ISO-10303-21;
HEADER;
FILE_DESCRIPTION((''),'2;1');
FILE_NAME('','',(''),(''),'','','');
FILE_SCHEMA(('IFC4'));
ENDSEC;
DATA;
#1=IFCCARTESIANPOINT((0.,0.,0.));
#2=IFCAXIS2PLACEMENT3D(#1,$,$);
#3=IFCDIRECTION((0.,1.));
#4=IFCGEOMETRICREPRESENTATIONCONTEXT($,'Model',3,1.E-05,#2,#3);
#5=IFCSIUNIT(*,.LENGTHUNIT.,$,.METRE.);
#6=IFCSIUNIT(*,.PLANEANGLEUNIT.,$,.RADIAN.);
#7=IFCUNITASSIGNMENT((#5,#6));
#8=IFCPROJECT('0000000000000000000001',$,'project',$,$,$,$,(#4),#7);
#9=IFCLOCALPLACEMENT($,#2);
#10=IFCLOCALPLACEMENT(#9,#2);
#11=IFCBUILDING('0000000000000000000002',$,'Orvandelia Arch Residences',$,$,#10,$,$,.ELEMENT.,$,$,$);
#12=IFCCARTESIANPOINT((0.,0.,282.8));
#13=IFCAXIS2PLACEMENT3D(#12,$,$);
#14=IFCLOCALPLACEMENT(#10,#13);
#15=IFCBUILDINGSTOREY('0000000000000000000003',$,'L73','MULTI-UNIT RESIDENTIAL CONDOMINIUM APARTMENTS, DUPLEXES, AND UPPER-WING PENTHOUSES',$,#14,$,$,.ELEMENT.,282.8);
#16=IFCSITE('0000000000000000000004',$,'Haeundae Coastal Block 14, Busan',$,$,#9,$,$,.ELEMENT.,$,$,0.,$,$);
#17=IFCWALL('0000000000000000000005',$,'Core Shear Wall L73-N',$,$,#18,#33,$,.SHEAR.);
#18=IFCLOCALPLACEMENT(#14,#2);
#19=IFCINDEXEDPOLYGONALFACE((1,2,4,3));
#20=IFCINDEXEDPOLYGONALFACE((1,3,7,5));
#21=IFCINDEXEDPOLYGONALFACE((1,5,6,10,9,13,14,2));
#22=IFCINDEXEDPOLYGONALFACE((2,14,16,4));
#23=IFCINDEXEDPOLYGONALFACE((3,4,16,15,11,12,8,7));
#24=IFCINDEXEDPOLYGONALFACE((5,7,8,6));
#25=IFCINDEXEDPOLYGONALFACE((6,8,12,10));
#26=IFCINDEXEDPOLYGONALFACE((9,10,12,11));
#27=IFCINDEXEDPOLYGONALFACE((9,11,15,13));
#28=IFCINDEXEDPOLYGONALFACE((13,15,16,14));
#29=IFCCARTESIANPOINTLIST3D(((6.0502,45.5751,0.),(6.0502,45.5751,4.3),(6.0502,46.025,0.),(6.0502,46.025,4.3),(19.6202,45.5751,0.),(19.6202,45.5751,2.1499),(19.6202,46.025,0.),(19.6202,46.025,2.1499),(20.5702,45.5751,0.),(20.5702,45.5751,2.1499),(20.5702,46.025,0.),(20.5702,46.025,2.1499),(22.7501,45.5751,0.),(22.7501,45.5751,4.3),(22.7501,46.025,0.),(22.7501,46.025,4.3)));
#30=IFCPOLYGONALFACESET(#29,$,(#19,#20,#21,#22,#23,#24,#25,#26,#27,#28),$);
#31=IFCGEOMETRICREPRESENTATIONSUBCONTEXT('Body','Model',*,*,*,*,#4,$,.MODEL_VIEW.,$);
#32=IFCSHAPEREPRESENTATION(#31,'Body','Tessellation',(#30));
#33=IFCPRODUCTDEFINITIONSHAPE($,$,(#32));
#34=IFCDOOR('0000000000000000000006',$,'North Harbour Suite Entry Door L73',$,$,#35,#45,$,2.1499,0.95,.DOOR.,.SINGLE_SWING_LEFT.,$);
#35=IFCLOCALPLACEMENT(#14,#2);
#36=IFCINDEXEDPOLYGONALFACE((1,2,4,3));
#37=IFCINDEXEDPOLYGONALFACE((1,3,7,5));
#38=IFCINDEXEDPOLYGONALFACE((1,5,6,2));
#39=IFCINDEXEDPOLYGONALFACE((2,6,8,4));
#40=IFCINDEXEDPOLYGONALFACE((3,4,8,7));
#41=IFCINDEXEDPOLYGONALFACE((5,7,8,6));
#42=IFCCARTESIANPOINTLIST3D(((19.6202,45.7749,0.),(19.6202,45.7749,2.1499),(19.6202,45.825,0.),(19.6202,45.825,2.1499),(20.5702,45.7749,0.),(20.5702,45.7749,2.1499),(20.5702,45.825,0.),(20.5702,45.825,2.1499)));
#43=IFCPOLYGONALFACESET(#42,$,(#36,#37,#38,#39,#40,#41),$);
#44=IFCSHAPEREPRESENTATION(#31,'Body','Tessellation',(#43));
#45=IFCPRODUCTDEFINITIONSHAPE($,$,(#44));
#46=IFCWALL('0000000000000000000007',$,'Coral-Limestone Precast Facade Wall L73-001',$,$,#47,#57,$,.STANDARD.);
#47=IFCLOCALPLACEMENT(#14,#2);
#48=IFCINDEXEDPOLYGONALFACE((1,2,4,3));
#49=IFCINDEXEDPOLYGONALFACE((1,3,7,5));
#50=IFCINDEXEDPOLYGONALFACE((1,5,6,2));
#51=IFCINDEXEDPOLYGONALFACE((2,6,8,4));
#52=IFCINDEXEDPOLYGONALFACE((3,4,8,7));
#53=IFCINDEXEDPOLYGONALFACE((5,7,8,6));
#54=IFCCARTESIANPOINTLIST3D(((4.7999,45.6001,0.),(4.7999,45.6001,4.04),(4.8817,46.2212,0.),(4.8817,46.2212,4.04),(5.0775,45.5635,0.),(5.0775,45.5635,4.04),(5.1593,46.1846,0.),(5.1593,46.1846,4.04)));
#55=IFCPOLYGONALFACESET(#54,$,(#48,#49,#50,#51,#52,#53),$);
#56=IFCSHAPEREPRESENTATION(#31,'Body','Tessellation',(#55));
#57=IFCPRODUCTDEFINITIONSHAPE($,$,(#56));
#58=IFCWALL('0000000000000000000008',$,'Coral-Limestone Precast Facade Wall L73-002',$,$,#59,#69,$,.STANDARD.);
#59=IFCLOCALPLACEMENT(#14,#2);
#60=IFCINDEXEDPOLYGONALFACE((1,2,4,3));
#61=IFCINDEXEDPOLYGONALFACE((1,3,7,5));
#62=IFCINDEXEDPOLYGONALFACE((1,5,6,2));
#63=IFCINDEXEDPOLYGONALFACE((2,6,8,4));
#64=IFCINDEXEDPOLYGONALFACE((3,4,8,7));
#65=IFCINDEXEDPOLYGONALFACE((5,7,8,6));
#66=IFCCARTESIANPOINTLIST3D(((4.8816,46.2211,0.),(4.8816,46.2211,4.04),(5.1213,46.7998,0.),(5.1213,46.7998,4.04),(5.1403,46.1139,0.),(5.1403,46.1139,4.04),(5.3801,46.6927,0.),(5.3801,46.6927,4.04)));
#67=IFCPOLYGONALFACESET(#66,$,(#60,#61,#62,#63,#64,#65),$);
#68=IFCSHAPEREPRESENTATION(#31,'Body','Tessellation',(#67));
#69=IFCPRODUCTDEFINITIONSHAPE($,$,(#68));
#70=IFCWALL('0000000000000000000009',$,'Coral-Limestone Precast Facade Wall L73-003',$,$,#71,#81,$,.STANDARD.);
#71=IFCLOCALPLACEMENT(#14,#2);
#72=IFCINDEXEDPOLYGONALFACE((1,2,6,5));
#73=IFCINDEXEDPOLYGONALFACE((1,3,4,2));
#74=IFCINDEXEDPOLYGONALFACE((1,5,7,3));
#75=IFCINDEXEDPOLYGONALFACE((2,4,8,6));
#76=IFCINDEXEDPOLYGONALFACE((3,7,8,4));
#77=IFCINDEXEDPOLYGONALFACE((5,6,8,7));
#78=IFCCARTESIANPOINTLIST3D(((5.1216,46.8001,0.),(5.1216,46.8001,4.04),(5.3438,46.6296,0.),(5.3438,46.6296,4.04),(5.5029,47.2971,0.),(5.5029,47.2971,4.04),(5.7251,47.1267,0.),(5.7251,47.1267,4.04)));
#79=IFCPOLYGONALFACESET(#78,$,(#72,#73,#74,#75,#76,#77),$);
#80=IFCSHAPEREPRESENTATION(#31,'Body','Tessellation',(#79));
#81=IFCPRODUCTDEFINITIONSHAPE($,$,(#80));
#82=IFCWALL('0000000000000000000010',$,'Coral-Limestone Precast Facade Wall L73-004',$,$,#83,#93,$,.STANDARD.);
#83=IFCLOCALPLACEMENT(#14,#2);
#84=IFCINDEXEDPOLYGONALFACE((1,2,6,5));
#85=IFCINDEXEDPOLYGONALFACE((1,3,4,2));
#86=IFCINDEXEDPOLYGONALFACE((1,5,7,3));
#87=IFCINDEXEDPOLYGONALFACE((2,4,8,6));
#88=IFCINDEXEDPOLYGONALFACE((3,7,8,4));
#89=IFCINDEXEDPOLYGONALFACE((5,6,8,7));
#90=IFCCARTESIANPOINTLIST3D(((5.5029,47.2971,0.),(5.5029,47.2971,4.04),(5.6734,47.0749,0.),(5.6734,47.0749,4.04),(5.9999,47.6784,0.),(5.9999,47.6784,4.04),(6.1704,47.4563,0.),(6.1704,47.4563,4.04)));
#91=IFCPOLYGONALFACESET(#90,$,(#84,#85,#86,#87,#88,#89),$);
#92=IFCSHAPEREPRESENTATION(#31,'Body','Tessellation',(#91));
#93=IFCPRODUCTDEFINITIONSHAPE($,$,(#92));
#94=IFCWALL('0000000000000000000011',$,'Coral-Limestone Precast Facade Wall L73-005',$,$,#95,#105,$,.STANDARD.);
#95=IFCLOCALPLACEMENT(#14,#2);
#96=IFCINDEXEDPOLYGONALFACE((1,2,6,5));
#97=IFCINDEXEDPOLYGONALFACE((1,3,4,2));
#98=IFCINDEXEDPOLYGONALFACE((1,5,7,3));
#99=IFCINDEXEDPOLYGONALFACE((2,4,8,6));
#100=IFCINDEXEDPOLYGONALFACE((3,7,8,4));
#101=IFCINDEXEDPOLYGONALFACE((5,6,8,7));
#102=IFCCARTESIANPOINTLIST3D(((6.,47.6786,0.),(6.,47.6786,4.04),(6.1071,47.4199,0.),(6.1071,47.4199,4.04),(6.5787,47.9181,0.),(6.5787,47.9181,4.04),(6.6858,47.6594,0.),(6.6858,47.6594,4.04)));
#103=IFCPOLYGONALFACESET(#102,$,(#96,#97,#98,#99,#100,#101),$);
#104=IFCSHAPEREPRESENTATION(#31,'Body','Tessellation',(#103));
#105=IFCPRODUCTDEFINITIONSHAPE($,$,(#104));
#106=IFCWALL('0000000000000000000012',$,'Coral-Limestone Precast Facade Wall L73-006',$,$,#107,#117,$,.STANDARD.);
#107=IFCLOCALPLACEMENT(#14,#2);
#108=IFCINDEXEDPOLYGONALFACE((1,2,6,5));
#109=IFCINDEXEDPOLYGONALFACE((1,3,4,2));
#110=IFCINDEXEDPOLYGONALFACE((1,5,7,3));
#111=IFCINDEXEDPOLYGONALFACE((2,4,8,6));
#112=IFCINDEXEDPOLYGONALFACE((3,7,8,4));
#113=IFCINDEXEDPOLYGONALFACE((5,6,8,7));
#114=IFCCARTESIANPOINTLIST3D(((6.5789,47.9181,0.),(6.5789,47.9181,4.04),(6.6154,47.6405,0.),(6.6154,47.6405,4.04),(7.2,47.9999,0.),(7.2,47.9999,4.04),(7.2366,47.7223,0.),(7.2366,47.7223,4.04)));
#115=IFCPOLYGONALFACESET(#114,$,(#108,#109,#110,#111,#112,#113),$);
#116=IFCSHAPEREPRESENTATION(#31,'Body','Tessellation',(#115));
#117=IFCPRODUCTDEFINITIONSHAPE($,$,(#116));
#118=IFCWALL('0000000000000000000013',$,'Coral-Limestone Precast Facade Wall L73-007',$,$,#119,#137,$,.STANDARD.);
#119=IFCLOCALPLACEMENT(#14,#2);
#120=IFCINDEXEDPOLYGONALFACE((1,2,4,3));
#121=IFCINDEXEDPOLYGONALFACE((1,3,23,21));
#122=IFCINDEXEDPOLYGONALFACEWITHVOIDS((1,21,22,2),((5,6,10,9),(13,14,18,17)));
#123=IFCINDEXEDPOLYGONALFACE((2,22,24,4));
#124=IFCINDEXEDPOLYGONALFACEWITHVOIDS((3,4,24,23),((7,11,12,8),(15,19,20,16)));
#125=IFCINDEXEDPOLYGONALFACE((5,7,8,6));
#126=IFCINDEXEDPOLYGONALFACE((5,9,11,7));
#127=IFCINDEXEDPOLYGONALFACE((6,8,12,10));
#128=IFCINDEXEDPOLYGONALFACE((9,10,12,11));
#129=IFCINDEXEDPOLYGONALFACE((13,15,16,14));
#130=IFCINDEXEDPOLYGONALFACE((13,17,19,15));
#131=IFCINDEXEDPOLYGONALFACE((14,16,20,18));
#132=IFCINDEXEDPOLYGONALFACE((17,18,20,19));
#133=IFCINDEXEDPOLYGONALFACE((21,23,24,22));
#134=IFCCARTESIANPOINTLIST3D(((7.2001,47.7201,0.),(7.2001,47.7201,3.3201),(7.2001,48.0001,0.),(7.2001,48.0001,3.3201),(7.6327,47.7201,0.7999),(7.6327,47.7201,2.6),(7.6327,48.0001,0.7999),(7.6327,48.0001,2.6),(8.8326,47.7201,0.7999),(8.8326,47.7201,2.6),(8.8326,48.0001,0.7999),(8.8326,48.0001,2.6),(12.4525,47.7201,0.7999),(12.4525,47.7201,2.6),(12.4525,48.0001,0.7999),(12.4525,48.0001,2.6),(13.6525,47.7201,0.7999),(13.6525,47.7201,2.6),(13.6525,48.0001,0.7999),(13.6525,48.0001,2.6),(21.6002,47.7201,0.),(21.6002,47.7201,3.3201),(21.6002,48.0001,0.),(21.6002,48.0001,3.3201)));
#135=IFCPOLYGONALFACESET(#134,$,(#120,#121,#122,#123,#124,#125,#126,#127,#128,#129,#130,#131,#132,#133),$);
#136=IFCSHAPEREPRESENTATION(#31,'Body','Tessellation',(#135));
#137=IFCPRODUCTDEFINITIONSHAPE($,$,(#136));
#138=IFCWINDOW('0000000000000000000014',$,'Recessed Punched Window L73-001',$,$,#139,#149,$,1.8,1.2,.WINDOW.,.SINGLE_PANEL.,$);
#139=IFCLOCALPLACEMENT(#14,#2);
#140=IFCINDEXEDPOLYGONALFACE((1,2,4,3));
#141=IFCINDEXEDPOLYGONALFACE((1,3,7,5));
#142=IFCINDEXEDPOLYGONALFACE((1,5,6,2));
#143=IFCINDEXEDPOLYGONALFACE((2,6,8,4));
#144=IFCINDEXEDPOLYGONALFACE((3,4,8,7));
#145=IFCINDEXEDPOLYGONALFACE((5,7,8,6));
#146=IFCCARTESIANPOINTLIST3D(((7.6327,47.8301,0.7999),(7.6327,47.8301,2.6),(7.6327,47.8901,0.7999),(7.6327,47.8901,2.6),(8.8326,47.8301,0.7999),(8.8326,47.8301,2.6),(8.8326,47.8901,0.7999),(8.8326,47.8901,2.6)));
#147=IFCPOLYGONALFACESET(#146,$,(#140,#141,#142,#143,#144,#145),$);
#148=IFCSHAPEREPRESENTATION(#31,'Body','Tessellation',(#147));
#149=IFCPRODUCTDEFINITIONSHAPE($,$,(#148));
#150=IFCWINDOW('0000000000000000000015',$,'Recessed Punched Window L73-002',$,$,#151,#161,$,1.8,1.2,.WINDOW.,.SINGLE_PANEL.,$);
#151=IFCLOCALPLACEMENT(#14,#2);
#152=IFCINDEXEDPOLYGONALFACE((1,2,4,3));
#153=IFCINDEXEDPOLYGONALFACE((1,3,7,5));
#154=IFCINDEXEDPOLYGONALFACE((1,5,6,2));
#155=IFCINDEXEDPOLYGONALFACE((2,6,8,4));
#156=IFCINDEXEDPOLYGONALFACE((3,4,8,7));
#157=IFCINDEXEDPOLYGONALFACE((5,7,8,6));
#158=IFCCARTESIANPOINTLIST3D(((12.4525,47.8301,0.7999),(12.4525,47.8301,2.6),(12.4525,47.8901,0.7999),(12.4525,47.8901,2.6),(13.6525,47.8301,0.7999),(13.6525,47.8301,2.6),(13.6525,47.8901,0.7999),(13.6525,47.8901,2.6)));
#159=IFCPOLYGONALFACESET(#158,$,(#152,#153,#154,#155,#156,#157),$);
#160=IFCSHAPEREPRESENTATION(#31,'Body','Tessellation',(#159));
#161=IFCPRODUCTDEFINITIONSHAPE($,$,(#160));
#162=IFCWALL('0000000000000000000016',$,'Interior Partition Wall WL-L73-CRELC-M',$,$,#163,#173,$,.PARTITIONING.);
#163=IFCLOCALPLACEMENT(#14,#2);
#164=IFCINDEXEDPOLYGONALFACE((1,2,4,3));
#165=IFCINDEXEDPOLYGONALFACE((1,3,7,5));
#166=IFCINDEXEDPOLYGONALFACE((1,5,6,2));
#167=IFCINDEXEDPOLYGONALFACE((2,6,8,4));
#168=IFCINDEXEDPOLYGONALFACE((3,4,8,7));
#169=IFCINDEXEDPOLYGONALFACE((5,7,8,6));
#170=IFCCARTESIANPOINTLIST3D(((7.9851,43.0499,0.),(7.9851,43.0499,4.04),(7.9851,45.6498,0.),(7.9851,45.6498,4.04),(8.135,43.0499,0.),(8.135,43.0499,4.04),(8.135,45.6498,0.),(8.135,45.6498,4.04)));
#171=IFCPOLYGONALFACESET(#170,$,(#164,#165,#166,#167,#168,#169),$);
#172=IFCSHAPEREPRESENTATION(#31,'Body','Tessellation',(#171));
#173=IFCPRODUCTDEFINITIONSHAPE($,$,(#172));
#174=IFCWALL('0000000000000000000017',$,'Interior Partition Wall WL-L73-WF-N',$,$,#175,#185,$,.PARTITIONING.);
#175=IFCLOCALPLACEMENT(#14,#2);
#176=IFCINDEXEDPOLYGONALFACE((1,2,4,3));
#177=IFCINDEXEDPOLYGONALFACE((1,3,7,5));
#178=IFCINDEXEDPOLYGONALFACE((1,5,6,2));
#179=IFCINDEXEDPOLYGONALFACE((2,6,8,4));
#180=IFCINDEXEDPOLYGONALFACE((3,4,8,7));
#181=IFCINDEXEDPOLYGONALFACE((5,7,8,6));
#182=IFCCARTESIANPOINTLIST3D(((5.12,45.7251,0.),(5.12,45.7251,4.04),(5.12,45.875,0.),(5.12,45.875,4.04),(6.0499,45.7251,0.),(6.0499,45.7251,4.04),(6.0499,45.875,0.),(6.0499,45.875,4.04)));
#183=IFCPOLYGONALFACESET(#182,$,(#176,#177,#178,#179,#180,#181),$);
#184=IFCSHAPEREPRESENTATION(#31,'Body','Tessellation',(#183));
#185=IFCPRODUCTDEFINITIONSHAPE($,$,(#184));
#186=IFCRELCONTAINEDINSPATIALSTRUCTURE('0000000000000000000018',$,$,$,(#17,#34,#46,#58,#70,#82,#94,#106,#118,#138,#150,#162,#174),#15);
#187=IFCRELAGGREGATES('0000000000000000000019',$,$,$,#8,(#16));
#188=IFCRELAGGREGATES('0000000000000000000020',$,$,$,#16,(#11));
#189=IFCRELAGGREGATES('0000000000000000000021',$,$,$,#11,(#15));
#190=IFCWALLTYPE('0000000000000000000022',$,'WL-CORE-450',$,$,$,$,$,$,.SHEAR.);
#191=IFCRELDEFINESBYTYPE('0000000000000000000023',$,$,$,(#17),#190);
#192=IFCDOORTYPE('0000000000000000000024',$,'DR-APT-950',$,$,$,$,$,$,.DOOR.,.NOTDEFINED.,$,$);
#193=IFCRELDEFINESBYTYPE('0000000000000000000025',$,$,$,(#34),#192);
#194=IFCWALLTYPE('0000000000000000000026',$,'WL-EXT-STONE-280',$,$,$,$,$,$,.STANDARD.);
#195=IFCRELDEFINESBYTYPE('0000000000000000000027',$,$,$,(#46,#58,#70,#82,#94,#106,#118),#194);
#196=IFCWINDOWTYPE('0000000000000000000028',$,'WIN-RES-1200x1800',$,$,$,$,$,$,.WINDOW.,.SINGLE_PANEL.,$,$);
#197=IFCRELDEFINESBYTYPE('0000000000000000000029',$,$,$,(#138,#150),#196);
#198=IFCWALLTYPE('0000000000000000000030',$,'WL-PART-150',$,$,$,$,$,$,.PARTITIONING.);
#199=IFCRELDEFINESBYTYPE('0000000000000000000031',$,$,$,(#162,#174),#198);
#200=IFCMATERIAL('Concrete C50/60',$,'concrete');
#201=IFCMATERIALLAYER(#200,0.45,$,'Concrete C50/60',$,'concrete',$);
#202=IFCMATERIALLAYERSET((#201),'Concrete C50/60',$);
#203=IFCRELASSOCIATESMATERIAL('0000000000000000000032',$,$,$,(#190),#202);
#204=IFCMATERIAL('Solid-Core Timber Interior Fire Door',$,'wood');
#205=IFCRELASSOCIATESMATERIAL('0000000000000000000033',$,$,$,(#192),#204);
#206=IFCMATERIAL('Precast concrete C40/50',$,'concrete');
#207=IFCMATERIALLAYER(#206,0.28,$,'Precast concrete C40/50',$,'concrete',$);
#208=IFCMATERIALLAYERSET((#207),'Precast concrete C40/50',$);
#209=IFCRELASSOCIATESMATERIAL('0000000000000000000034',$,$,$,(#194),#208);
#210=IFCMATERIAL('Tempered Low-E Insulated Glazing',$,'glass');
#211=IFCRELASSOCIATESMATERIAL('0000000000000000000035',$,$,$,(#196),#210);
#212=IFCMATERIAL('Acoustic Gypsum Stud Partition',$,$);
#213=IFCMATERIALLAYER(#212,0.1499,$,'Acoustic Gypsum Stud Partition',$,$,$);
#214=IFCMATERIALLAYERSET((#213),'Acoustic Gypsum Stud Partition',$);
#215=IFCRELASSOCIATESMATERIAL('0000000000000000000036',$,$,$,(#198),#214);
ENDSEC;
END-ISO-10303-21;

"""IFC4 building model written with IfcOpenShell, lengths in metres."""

from ifc_helpers import new_model, si_unit, direction, frame, frame_2d, origin, place, context, subcontext, project, spatial, rectangle, extrude, material, layer, layer_set, type_object, element, fill, save


model = new_model("IFC4")

# Units and contexts
model_context = context("Model", 3, precision=1e-05, world=origin(), true_north=direction((0.0, 1.0)))
body_context = subcontext(model_context, "Body", "Model", "MODEL_VIEW")
ifc_project = project(units=[si_unit("LENGTHUNIT", "METRE"), si_unit("PLANEANGLEUNIT", "RADIAN")], contexts=[model_context])

# Site, building, storey
site_placement = place(None, origin())
site = spatial("IfcSite", under=ifc_project, at=site_placement, Name="Haeundae Coastal Block 14, Busan", CompositionType="ELEMENT", RefElevation=0.0)
building_placement = place(site_placement, origin())
building = spatial("IfcBuilding", under=site, at=building_placement, Name="Orvandelia Arch Residences", CompositionType="ELEMENT")
storey_placement = place(building_placement, frame((0.0, 0.0, 282.8)))
storey = spatial("IfcBuildingStorey", under=building, at=storey_placement, Name="L73", Description="MULTI-UNIT RESIDENTIAL CONDOMINIUM APARTMENTS, DUPLEXES, AND UPPER-WING PENTHOUSES", CompositionType="ELEMENT", Elevation=282.8)

# Shared definitions
ifc_material_1 = material(Name="Concrete C50/60", Category="concrete")

# Wall, opening, door
ifc_layer_1 = layer(ifc_material_1, 0.45, Name="Concrete C50/60", Category="concrete")
ifc_layer_set_1 = layer_set([ifc_layer_1], Name="Concrete C50/60")
wall_type_1 = type_object("IfcWallType", Name="WL-CORE-450", PredefinedType="SHEAR", material=ifc_layer_set_1)
wall_1_placement = place(storey_placement, frame((6.05, 45.8, 0.0), z_axis=(0.0, 0.0, 1.0), x_axis=(1.0, 0.0, 0.0)))
wall_1 = element("IfcWall", 1, at=wall_1_placement, inside=storey, type_object=wall_type_1, Name="Core Shear Wall L73-N", PredefinedType="SHEAR", context=body_context, shape_type="SweptSolid", body=[
    extrude(rectangle(XDim=16.7, YDim=0.45, at=frame_2d((8.3501, 0.0))), origin(), (0.0, 0.0, 1.0), 4.3),
])
opening_1_placement = place(wall_1_placement, frame((13.5701, 0.0, 0.0)))
opening_1 = element("IfcOpeningElement", 2, at=opening_1_placement, cuts=wall_1, PredefinedType="OPENING", context=body_context, shape_type="SweptSolid", body=[
    extrude(rectangle(XDim=0.95, YDim=2.1499, at=frame_2d((0.4751, 1.075))), frame((0.0, 0.2349, 0.0), z_axis=(0.0, -1.0, 0.0), x_axis=(1.0, 0.0, 0.0)), (0.0, 0.0, 1.0), 0.47),
])
ifc_material_2 = material(Name="Solid-Core Timber Interior Fire Door", Category="wood")
door_type_1 = type_object("IfcDoorType", Name="DR-APT-950", OperationType="NOTDEFINED", PredefinedType="DOOR", material=ifc_material_2)
door_1_placement = place(opening_1_placement, origin())
door_1 = element("IfcDoor", 3, at=door_1_placement, inside=storey, type_object=door_type_1, Name="North Harbour Suite Entry Door L73", OperationType="SINGLE_SWING_LEFT", OverallHeight=2.1499, OverallWidth=0.95, PredefinedType="DOOR", context=body_context, shape_type="SweptSolid", body=[
    extrude(rectangle(XDim=0.95, YDim=2.1499, at=frame_2d((0.4751, 1.075))), frame((0.0, 0.0249, 0.0), z_axis=(0.0, -1.0, 0.0), x_axis=(1.0, 0.0, 0.0)), (0.0, 0.0, 1.0), 0.05),
])
fill(opening_1, door_1)

# Walls
ifc_material_3 = material(Name="Precast concrete C40/50", Category="concrete")
ifc_layer_2 = layer(ifc_material_3, 0.28, Name="Precast concrete C40/50", Category="concrete")
ifc_layer_set_2 = layer_set([ifc_layer_2], Name="Precast concrete C40/50")
wall_type_2 = type_object("IfcWallType", Name="WL-EXT-STONE-280", PredefinedType="STANDARD", material=ifc_layer_set_2)
for number, where, z_axis, x_axis, name in (
    (4, (4.9387, 45.5818, 0.0), (0.0, 0.0, 1.0), (0.130555, 0.991441, 0.0), "Coral-Limestone Precast Facade Wall L73-001"),
    (5, (5.011, 46.1675, 0.0), (0.0, 0.0, 1.0), (0.38265, 0.923893, 0.0), "Coral-Limestone Precast Facade Wall L73-002"),
    (6, (5.2327, 46.7148, 0.0), (0.0, 0.0, 1.0), (0.608693, 0.793406, 0.0), "Coral-Limestone Precast Facade Wall L73-003"),
    (7, (5.5881, 47.186, 0.0), (0.0, 0.0, 1.0), (0.793406, 0.608693, 0.0), "Coral-Limestone Precast Facade Wall L73-004"),
):
    element("IfcWall", number, at=place(storey_placement, frame(where, z_axis=z_axis, x_axis=x_axis)), inside=storey, type_object=wall_type_2, Name=name, PredefinedType="STANDARD", context=body_context, shape_type="SweptSolid", body=[
        extrude(rectangle(XDim=0.6265, YDim=0.28, at=frame_2d((0.3132, 0.0))), origin(), (0.0, 0.0, 1.0), 4.04),
    ])
wall_2_placement = place(storey_placement, frame((6.0537, 47.5493, 0.0), z_axis=(0.0, 0.0, 1.0), x_axis=(0.923974, 0.382455, 0.0)))
element("IfcWall", 8, at=wall_2_placement, inside=storey, type_object=wall_type_2, Name="Coral-Limestone Precast Facade Wall L73-005", PredefinedType="STANDARD", context=body_context, shape_type="SweptSolid", body=[
    extrude(rectangle(XDim=0.6262, YDim=0.28, at=frame_2d((0.313, 0.0))), origin(), (0.0, 0.0, 1.0), 4.04),
])
wall_3_placement = place(storey_placement, frame((6.5972, 47.7793, 0.0), z_axis=(0.0, 0.0, 1.0), x_axis=(0.991441, 0.130555, 0.0)))
element("IfcWall", 9, at=wall_3_placement, inside=storey, type_object=wall_type_2, Name="Coral-Limestone Precast Facade Wall L73-006", PredefinedType="STANDARD", context=body_context, shape_type="SweptSolid", body=[
    extrude(rectangle(XDim=0.6265, YDim=0.28, at=frame_2d((0.3132, 0.0))), origin(), (0.0, 0.0, 1.0), 4.04),
])

# Wall, openings, windows
wall_4_placement = place(storey_placement, frame((7.2, 47.8601, 0.0), z_axis=(0.0, 0.0, 1.0), x_axis=(1.0, 0.0, 0.0)))
wall_4 = element("IfcWall", 10, at=wall_4_placement, inside=storey, type_object=wall_type_2, Name="Coral-Limestone Precast Facade Wall L73-007", PredefinedType="STANDARD", context=body_context, shape_type="SweptSolid", body=[
    extrude(rectangle(XDim=14.4001, YDim=0.28, at=frame_2d((7.2002, 0.0))), origin(), (0.0, 0.0, 1.0), 3.3201),
])
opening_2_placement = place(wall_4_placement, frame((0.4326, 0.0, 0.8)))
opening_2 = element("IfcOpeningElement", 11, at=opening_2_placement, cuts=wall_4, PredefinedType="OPENING", context=body_context, shape_type="SweptSolid", body=[
    extrude(rectangle(XDim=1.2, YDim=1.8, at=frame_2d((0.6001, 0.8999))), frame((0.0, 0.1499, 0.0), z_axis=(0.0, -1.0, 0.0), x_axis=(1.0, 0.0, 0.0)), (0.0, 0.0, 1.0), 0.3),
])
opening_3_placement = place(wall_4_placement, frame((5.2524, 0.0, 0.8)))
opening_3 = element("IfcOpeningElement", 12, at=opening_3_placement, cuts=wall_4, PredefinedType="OPENING", context=body_context, shape_type="SweptSolid", body=[
    extrude(rectangle(XDim=1.2, YDim=1.8, at=frame_2d((0.6001, 0.8999))), frame((0.0, 0.1499, 0.0), z_axis=(0.0, -1.0, 0.0), x_axis=(1.0, 0.0, 0.0)), (0.0, 0.0, 1.0), 0.3),
])
ifc_material_4 = material(Name="Tempered Low-E Insulated Glazing", Category="glass")
window_type = type_object("IfcWindowType", Name="WIN-RES-1200x1800", PartitioningType="SINGLE_PANEL", PredefinedType="WINDOW", material=ifc_material_4)
window_1_placement = place(opening_2_placement, origin())
window_1 = element("IfcWindow", 13, at=window_1_placement, inside=storey, type_object=window_type, Name="Recessed Punched Window L73-001", OverallHeight=1.8, OverallWidth=1.2, PartitioningType="SINGLE_PANEL", PredefinedType="WINDOW", context=body_context, shape_type="SweptSolid", body=[
    extrude(rectangle(XDim=1.2, YDim=1.8, at=frame_2d((0.6001, 0.8999))), frame((0.0, 0.03, 0.0), z_axis=(0.0, -1.0, 0.0), x_axis=(1.0, 0.0, 0.0)), (0.0, 0.0, 1.0), 0.0601),
])
fill(opening_2, window_1)
window_2_placement = place(opening_3_placement, origin())
window_2 = element("IfcWindow", 14, at=window_2_placement, inside=storey, type_object=window_type, Name="Recessed Punched Window L73-002", OverallHeight=1.8, OverallWidth=1.2, PartitioningType="SINGLE_PANEL", PredefinedType="WINDOW", context=body_context, shape_type="SweptSolid", body=[
    extrude(rectangle(XDim=1.2, YDim=1.8, at=frame_2d((0.6001, 0.8999))), frame((0.0, 0.03, 0.0), z_axis=(0.0, -1.0, 0.0), x_axis=(1.0, 0.0, 0.0)), (0.0, 0.0, 1.0), 0.0601),
])
fill(opening_3, window_2)

# Walls
ifc_material_5 = material(Name="Acoustic Gypsum Stud Partition")
ifc_layer_3 = layer(ifc_material_5, 0.1499, Name="Acoustic Gypsum Stud Partition")
ifc_layer_set_3 = layer_set([ifc_layer_3], Name="Acoustic Gypsum Stud Partition")
wall_type_3 = type_object("IfcWallType", Name="WL-PART-150", PredefinedType="PARTITIONING", material=ifc_layer_set_3)
wall_5_placement = place(storey_placement, frame((8.0601, 43.05, 0.0), z_axis=(0.0, 0.0, 1.0), x_axis=(0.0, 1.0, 0.0)))
element("IfcWall", 15, at=wall_5_placement, inside=storey, type_object=wall_type_3, Name="Interior Partition Wall WL-L73-CRELC-M", PredefinedType="PARTITIONING", context=body_context, shape_type="SweptSolid", body=[
    extrude(rectangle(XDim=2.5999, YDim=0.1499, at=frame_2d((1.2998, 0.0))), origin(), (0.0, 0.0, 1.0), 4.04),
])
wall_6_placement = place(storey_placement, frame((5.1201, 45.8, 0.0), z_axis=(0.0, 0.0, 1.0), x_axis=(1.0, 0.0, 0.0)))
element("IfcWall", 16, at=wall_6_placement, inside=storey, type_object=wall_type_3, Name="Interior Partition Wall WL-L73-WF-N", PredefinedType="PARTITIONING", context=body_context, shape_type="SweptSolid", body=[
    extrude(rectangle(XDim=0.9299, YDim=0.1499, at=frame_2d((0.4648, 0.0))), origin(), (0.0, 0.0, 1.0), 4.04),
])

save(model, "model.ifc")
